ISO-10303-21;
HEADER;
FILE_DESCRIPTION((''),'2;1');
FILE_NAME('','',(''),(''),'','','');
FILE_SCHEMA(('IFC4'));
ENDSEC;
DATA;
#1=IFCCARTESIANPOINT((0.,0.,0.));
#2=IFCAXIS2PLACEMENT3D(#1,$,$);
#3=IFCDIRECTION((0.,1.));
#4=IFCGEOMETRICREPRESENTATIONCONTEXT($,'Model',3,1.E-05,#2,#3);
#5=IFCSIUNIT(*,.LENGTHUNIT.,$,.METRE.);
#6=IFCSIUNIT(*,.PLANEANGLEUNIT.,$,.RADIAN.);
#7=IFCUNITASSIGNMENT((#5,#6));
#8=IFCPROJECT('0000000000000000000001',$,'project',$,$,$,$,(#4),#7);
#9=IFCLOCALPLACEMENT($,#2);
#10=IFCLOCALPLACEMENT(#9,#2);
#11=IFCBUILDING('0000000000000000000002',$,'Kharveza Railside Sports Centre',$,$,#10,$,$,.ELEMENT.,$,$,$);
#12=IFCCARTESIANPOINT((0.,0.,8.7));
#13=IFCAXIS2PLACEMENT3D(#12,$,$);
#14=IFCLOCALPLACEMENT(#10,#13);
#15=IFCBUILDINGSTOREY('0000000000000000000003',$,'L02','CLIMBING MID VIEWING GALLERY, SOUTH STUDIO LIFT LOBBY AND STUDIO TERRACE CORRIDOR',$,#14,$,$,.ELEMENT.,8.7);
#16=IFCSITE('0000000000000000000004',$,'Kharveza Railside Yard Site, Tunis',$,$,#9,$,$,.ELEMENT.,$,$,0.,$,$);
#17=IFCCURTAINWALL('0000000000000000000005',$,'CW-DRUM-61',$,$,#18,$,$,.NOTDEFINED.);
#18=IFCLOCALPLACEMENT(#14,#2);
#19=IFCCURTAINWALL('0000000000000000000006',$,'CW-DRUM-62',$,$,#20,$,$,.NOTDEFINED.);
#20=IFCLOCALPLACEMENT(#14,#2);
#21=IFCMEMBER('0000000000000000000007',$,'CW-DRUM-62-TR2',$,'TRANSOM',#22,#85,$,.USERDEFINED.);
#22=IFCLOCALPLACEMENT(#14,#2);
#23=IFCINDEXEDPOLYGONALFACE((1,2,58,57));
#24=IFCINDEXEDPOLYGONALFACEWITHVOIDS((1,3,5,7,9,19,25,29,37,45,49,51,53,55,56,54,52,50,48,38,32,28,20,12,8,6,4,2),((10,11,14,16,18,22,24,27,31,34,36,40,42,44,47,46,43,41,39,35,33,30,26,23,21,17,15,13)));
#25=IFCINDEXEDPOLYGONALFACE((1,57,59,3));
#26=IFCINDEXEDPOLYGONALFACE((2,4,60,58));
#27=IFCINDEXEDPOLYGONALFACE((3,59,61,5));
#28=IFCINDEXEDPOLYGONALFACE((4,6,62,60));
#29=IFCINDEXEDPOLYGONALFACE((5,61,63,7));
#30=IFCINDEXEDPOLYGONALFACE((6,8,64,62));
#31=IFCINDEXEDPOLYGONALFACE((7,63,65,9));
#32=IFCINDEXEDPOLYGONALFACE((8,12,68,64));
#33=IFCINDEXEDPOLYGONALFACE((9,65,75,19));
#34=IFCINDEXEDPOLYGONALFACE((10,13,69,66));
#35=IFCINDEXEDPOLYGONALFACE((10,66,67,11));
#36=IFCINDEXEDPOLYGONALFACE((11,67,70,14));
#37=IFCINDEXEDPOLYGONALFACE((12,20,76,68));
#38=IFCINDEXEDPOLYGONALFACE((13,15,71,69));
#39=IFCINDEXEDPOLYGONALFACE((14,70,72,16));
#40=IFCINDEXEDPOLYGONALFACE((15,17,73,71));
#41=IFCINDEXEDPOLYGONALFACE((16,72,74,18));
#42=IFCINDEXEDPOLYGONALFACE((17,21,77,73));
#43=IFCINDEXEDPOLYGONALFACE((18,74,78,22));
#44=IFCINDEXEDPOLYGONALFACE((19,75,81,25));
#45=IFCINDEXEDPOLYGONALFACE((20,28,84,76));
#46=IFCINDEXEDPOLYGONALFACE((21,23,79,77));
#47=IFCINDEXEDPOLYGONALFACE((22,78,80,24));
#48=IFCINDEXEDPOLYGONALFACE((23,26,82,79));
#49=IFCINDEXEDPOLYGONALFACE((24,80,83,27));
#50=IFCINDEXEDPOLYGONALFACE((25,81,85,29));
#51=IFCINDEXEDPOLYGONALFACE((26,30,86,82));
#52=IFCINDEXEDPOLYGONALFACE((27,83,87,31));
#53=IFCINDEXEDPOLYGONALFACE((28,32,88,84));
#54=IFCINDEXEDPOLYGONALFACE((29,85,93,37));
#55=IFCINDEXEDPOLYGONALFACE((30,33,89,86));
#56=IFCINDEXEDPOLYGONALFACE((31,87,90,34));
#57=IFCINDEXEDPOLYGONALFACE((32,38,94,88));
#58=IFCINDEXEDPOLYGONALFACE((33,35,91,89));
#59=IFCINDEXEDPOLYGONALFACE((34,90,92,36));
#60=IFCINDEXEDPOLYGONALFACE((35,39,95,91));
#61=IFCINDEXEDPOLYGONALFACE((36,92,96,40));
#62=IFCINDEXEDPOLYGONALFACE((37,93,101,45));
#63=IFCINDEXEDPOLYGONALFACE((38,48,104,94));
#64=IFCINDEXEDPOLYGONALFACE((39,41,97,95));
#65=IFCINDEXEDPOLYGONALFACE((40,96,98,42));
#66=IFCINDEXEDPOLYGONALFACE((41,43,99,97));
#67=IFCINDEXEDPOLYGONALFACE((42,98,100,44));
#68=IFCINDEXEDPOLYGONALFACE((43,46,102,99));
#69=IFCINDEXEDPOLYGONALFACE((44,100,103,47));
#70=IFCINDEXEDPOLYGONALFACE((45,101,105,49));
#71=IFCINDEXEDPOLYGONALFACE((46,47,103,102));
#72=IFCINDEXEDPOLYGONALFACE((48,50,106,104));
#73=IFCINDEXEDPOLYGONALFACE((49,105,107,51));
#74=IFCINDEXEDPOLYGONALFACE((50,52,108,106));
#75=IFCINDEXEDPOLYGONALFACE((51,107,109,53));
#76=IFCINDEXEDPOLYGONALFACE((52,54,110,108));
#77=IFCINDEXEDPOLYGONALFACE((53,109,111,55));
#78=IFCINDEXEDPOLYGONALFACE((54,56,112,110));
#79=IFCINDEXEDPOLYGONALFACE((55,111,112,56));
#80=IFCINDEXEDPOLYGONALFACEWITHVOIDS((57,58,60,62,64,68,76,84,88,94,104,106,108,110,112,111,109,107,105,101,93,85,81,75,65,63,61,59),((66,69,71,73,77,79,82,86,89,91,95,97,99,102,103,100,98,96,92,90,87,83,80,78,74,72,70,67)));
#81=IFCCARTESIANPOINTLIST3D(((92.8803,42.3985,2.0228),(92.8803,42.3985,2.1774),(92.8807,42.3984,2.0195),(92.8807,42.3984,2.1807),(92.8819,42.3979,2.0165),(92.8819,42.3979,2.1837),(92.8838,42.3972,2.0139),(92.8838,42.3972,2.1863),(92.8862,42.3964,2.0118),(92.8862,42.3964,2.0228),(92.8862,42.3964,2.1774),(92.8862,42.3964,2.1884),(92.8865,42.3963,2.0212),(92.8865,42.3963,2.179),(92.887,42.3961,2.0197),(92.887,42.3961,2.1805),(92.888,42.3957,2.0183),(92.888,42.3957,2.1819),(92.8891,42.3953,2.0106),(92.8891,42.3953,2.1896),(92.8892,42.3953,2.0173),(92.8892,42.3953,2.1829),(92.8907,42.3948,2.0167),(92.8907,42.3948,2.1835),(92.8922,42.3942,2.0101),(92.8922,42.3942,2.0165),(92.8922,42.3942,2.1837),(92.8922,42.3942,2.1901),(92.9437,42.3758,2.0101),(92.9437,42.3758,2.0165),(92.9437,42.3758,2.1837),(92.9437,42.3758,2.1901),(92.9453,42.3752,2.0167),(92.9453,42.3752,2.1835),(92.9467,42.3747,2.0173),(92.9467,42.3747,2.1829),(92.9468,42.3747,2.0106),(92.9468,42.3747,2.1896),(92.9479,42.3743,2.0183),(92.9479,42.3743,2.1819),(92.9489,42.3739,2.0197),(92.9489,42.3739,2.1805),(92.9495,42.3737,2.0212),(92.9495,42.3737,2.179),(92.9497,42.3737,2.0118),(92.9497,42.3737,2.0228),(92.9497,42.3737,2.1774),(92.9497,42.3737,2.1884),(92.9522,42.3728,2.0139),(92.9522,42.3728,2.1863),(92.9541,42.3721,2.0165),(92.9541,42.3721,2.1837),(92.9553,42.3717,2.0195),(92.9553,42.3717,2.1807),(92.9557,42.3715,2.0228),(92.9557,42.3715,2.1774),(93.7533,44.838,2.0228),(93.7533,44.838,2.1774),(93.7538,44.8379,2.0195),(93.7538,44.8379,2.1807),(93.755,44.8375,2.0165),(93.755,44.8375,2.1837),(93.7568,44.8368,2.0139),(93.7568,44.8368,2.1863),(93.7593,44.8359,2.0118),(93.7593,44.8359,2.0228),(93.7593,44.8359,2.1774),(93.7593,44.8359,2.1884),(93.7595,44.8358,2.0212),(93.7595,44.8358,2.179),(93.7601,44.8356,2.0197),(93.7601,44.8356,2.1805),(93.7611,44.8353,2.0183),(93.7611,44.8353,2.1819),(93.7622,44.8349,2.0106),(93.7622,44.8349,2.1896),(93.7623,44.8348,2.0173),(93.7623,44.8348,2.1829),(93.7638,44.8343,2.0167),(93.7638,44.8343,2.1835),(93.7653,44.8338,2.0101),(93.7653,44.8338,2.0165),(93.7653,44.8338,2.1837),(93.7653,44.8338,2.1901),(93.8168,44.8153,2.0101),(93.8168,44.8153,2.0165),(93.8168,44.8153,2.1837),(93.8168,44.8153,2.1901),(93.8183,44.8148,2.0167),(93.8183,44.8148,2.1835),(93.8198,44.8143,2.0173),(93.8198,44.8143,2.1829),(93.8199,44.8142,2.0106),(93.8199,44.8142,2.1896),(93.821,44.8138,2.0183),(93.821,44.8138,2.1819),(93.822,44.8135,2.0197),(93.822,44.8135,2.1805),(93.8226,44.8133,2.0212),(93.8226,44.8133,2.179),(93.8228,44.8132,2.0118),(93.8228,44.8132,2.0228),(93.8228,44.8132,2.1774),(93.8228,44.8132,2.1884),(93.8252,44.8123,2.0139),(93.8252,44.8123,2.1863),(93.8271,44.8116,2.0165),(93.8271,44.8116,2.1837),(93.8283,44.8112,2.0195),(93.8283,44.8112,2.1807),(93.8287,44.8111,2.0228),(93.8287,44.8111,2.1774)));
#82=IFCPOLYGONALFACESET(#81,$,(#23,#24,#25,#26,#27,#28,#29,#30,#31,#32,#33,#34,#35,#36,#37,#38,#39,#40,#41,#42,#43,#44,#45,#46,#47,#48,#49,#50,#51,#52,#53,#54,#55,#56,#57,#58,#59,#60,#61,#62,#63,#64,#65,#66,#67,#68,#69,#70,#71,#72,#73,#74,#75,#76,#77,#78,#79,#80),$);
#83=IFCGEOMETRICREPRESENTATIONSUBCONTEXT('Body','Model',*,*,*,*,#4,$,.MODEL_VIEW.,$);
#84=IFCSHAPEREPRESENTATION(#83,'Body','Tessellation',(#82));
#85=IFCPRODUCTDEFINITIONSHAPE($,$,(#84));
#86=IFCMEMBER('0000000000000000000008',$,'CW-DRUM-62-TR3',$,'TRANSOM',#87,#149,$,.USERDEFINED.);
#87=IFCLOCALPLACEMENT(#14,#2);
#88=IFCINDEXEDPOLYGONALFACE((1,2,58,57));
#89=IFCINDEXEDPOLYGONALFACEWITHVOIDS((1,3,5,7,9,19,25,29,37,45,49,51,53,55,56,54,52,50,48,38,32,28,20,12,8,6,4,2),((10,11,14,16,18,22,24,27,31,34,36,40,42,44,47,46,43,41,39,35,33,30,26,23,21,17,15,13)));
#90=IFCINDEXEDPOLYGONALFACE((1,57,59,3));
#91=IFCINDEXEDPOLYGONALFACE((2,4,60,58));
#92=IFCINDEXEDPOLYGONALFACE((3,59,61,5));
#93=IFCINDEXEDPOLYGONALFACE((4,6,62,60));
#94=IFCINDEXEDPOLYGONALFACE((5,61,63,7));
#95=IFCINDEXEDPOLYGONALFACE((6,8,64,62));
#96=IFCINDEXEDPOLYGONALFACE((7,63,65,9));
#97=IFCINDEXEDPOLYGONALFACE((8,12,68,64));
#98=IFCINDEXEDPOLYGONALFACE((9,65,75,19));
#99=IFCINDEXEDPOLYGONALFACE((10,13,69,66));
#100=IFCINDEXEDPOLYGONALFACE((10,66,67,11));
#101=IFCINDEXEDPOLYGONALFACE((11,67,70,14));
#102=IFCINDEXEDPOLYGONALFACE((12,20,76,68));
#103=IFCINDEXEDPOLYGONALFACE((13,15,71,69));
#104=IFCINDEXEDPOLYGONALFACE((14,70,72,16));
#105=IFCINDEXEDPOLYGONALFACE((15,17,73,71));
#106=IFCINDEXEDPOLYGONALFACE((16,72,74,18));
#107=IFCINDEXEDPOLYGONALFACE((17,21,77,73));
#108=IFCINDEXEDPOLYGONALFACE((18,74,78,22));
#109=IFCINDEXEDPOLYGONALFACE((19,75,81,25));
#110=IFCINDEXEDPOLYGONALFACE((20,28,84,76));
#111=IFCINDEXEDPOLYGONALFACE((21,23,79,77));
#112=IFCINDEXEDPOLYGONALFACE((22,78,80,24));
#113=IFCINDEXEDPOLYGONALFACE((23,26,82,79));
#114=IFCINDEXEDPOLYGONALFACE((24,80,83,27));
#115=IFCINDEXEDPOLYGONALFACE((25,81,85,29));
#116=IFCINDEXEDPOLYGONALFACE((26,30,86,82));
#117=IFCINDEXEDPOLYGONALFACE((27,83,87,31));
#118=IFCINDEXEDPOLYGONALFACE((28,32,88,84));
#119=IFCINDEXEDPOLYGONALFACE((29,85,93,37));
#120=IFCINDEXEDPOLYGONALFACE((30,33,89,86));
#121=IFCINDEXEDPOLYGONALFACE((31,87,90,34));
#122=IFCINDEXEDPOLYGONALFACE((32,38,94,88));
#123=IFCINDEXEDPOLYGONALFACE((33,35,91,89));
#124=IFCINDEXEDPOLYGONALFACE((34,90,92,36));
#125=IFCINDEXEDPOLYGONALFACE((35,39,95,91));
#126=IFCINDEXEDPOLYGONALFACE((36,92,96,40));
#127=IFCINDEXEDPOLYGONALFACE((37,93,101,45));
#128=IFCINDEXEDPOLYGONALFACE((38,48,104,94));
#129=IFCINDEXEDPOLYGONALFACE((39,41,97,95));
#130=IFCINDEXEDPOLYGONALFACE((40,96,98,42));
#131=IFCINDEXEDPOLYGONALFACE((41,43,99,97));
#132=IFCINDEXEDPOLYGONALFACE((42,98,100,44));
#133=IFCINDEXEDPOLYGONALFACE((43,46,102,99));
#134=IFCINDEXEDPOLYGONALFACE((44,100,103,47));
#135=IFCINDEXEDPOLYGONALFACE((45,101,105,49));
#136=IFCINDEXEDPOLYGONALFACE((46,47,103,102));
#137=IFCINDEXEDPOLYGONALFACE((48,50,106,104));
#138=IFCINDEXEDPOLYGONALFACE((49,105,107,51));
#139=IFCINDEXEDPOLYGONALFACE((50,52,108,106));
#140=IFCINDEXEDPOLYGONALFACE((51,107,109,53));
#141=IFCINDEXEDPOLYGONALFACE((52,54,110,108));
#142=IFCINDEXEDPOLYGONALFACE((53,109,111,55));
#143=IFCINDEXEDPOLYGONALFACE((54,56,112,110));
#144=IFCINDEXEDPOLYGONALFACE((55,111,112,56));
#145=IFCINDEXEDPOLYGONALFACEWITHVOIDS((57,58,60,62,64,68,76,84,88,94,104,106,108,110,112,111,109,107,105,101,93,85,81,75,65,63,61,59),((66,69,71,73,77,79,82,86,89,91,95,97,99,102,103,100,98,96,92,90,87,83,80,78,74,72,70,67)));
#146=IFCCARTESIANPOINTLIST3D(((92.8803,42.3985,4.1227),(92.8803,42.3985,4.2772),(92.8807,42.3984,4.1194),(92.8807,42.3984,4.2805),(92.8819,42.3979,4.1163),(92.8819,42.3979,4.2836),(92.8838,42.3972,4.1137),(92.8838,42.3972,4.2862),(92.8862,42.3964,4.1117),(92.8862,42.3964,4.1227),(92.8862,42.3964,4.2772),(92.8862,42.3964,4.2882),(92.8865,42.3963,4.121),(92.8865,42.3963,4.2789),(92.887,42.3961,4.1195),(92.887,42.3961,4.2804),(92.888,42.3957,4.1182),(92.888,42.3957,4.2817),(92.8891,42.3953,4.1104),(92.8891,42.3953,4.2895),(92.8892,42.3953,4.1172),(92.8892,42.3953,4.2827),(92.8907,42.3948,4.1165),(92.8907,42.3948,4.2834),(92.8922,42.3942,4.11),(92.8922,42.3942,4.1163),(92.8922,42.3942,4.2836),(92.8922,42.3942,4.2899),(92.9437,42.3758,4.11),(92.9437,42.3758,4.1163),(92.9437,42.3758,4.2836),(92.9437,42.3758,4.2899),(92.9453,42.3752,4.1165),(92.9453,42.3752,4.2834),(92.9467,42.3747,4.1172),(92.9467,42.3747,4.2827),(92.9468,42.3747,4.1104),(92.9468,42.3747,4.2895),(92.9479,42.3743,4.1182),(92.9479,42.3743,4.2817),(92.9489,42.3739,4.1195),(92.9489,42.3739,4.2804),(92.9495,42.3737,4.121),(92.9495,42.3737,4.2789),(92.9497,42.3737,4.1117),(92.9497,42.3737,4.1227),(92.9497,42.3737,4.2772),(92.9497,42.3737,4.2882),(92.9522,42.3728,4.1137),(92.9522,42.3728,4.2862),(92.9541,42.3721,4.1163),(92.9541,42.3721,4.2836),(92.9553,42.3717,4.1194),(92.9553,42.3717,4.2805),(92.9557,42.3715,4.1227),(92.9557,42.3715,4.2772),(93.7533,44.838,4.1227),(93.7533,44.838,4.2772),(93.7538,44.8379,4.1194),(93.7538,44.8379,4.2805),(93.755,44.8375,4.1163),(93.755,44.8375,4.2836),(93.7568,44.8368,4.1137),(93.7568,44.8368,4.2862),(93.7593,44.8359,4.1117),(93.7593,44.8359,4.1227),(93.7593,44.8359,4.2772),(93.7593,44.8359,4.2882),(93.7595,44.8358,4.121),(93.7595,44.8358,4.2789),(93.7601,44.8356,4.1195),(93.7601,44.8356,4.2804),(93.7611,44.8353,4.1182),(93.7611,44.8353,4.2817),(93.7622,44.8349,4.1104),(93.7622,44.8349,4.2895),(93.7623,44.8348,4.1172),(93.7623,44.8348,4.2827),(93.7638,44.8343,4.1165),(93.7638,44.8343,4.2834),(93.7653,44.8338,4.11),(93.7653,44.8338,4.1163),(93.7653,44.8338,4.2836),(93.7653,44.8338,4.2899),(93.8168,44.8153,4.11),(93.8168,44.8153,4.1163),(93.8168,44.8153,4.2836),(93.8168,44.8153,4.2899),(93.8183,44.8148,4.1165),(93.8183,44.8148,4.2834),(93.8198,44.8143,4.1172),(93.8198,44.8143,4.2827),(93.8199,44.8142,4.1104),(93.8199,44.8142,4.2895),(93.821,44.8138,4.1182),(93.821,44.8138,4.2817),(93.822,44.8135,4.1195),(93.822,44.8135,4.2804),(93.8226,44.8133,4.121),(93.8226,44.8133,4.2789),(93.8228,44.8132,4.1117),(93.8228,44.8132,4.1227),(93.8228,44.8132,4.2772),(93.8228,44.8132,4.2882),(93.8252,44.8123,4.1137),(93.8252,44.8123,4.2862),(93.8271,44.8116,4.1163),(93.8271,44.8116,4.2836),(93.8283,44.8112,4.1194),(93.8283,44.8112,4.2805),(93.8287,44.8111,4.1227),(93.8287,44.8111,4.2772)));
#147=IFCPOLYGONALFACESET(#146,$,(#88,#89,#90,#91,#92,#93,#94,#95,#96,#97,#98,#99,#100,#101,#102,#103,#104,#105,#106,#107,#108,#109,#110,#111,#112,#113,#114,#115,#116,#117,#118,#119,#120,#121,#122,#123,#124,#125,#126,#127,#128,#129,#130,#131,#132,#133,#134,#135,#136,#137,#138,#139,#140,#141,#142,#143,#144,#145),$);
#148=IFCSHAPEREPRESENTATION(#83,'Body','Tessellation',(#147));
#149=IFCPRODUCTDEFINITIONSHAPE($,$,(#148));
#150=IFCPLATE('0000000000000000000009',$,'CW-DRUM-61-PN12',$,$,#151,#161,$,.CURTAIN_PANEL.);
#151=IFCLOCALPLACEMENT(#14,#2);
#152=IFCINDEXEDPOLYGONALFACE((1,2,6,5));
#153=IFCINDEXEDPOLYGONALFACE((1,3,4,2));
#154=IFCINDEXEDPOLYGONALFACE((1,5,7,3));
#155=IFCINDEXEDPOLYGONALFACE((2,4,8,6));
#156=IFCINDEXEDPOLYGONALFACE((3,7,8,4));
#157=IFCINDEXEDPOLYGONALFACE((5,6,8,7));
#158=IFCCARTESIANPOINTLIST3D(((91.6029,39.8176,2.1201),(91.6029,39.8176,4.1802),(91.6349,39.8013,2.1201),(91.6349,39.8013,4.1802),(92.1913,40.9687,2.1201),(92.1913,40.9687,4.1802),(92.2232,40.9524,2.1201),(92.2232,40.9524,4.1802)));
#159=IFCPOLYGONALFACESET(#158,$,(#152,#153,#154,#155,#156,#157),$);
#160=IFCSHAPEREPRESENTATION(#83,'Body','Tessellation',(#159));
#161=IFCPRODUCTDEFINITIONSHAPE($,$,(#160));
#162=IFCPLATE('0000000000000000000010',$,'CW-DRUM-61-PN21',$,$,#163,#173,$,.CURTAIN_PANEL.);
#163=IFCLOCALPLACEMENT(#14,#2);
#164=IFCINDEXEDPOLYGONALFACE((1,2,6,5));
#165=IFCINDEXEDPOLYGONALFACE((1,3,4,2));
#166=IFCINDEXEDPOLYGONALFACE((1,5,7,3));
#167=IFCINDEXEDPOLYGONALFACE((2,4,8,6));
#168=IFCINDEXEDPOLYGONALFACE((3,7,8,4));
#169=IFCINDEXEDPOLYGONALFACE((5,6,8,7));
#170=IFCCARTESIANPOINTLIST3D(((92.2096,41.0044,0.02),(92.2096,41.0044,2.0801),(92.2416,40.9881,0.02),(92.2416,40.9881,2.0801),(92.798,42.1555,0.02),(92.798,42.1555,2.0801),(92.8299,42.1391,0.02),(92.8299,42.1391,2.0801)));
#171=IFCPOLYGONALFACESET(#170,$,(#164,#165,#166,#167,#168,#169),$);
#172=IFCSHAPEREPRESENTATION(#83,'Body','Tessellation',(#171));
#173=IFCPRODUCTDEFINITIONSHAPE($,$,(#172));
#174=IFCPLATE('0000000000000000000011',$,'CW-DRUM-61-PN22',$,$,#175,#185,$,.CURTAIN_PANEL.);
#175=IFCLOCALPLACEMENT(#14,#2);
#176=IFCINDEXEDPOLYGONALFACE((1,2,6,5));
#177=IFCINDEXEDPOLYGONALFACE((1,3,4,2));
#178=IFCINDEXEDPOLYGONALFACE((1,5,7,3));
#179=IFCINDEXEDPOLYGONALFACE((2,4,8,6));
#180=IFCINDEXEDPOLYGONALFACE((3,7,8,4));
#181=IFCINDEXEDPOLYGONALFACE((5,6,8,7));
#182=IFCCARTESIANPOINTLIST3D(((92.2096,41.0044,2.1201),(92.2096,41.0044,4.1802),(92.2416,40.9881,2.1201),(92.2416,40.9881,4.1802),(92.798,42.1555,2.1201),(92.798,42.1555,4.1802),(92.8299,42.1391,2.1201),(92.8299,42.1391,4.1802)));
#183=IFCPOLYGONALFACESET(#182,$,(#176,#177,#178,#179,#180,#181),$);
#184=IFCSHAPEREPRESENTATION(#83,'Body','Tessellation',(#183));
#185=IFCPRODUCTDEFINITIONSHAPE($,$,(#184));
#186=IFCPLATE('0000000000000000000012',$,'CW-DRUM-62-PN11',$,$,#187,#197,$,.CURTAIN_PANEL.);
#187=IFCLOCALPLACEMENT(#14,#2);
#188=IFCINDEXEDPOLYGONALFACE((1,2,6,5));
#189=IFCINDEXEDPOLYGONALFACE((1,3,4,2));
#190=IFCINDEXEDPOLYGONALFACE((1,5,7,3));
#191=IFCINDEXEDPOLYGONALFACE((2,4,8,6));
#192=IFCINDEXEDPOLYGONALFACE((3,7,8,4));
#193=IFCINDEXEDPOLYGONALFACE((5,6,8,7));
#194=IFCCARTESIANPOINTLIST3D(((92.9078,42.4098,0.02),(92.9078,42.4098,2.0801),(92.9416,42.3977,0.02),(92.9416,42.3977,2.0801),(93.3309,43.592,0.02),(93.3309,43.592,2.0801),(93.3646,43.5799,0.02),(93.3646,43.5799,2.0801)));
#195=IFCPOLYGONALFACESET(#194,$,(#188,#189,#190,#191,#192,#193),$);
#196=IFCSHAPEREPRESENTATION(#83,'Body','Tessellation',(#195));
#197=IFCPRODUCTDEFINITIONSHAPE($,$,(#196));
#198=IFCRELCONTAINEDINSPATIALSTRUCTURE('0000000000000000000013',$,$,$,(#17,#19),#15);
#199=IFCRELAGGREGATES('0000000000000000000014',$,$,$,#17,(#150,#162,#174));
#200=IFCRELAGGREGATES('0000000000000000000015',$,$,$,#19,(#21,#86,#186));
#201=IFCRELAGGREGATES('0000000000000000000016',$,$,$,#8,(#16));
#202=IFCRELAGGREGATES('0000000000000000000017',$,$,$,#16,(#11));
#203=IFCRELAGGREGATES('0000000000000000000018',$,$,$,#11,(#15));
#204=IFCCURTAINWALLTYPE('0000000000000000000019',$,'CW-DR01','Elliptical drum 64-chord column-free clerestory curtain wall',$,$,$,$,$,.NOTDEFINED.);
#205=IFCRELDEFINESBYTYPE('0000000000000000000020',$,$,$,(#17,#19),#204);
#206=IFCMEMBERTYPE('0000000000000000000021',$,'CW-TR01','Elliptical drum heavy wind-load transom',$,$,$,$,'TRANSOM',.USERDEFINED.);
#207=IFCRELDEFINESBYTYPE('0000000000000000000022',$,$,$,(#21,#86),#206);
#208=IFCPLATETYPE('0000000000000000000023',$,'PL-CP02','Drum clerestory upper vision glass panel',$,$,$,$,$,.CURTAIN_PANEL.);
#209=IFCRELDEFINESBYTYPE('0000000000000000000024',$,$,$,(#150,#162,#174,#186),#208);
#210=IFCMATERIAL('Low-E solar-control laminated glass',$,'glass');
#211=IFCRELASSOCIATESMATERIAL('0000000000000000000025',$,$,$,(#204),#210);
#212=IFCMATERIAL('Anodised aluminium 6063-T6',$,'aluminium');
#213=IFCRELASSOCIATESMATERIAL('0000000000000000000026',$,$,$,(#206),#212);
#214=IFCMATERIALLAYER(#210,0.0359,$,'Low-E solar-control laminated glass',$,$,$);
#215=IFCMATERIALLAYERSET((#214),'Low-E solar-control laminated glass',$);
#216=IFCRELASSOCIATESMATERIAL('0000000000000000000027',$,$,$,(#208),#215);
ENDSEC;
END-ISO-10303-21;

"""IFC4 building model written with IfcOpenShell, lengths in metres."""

from ifc_helpers import new_model, si_unit, direction, frame, origin, origin_2d, place, context, subcontext, project, spatial, rectangle, hollow_rectangle, extrude, material, layer, layer_set, material_profile, profile_set, type_object, element, aggregate, save


model = new_model("IFC4")

# Units and contexts
model_context = context("Model", 3, precision=1e-05, world=origin(), true_north=direction((0.0, 1.0)))
body_context = subcontext(model_context, "Body", "Model", "MODEL_VIEW")
ifc_project = project(units=[si_unit("LENGTHUNIT", "METRE"), si_unit("PLANEANGLEUNIT", "RADIAN")], contexts=[model_context])

# Site, building, storey
site_placement = place(None, origin())
site = spatial("IfcSite", under=ifc_project, at=site_placement, Name="Kharveza Railside Yard Site, Tunis", CompositionType="ELEMENT", RefElevation=0.0)
building_placement = place(site_placement, origin())
building = spatial("IfcBuilding", under=site, at=building_placement, Name="Kharveza Railside Sports Centre", CompositionType="ELEMENT")
storey_placement = place(building_placement, frame((0.0, 0.0, 8.7)))
storey = spatial("IfcBuildingStorey", under=building, at=storey_placement, Name="L02", Description="CLIMBING MID VIEWING GALLERY, SOUTH STUDIO LIFT LOBBY AND STUDIO TERRACE CORRIDOR", CompositionType="ELEMENT", Elevation=8.7)

# Curtain walls
ifc_material_1 = material(Name="Low-E solar-control laminated glass", Category="glass")
curtain_wall_type_1 = type_object("IfcCurtainWallType", Name="CW-DR01", Description="Elliptical drum 64-chord column-free clerestory curtain wall", PredefinedType="NOTDEFINED", material=ifc_material_1)
curtain_wall_1_placement = place(storey_placement, origin())
curtain_wall_1 = element("IfcCurtainWall", 1, at=curtain_wall_1_placement, inside=storey, type_object=curtain_wall_type_1, Name="CW-DRUM-61", PredefinedType="NOTDEFINED")
ifc_material_2 = material(Name="Anodised aluminium 6063-T6", Category="aluminium")
curtain_wall_2_placement = place(storey_placement, origin())
curtain_wall_2 = element("IfcCurtainWall", 2, at=curtain_wall_2_placement, inside=storey, type_object=curtain_wall_type_1, Name="CW-DRUM-62", PredefinedType="NOTDEFINED")

# Members
ifc_material_profile_1 = material_profile(ifc_material_2, hollow_rectangle(XDim=0.0801, YDim=0.1799, WallThickness=0.0063, InnerFilletRadius=0.0063, OuterFilletRadius=0.0127, at=origin_2d()), Name="RHS 80x180x6.3")
ifc_profile_set_1 = profile_set([ifc_material_profile_1], Name="Anodised aluminium 6063-T6")
member_type_1 = type_object("IfcMemberType", Name="CW-TR01", Description="Elliptical drum heavy wind-load transom", ElementType="TRANSOM", PredefinedType="USERDEFINED", material=ifc_profile_set_1)
member_1_placement = place(storey_placement, frame((92.918, 42.385, 2.1001), z_axis=(0.336957, 0.94152, 0.0), x_axis=(-0.94152, 0.336957, 0.0)))
member_1 = element("IfcMember", 3, at=member_1_placement, type_object=member_type_1, Name="CW-DRUM-62-TR2", ObjectType="TRANSOM", PredefinedType="USERDEFINED", context=body_context, shape_type="SweptSolid", body=[
    extrude(hollow_rectangle(XDim=0.0801, YDim=0.1799, WallThickness=0.0063, InnerFilletRadius=0.0063, OuterFilletRadius=0.0127, at=origin_2d()), origin(), (0.0, 0.0, 1.0), 2.5911),
])
member_2_placement = place(storey_placement, frame((92.918, 42.385, 4.2), z_axis=(0.336957, 0.94152, 0.0), x_axis=(-0.94152, 0.336957, 0.0)))
member_2 = element("IfcMember", 4, at=member_2_placement, type_object=member_type_1, Name="CW-DRUM-62-TR3", ObjectType="TRANSOM", PredefinedType="USERDEFINED", context=body_context, shape_type="SweptSolid", body=[
    extrude(hollow_rectangle(XDim=0.0801, YDim=0.1799, WallThickness=0.0063, InnerFilletRadius=0.0063, OuterFilletRadius=0.0127, at=origin_2d()), origin(), (0.0, 0.0, 1.0), 2.5911),
])

# Plates
ifc_layer_1 = layer(ifc_material_1, 0.0359, Name="Low-E solar-control laminated glass")
ifc_layer_set_1 = layer_set([ifc_layer_1], Name="Low-E solar-control laminated glass")
plate_type_1 = type_object("IfcPlateType", Name="PL-CP02", Description="Drum clerestory upper vision glass panel", PredefinedType="CURTAIN_PANEL", material=ifc_layer_set_1)
plate_1_placement = place(storey_placement, frame((91.9131, 40.385, 2.1201), z_axis=(0.0, 0.0, 1.0), x_axis=(0.455141, 0.890419, 0.0)))
plate_1 = element("IfcPlate", 5, at=plate_1_placement, type_object=plate_type_1, Name="CW-DRUM-61-PN12", PredefinedType="CURTAIN_PANEL", context=body_context, shape_type="SweptSolid", body=[
    extrude(rectangle(XDim=1.2927, YDim=0.0359, at=origin_2d()), origin(), (0.0, 0.0, 1.0), 2.0601),
])
plate_2_placement = place(storey_placement, frame((92.5198, 41.5718, 0.02), z_axis=(0.0, 0.0, 1.0), x_axis=(0.455141, 0.890419, 0.0)))
plate_2 = element("IfcPlate", 6, at=plate_2_placement, type_object=plate_type_1, Name="CW-DRUM-61-PN21", PredefinedType="CURTAIN_PANEL", context=body_context, shape_type="SweptSolid", body=[
    extrude(rectangle(XDim=1.2927, YDim=0.0359, at=origin_2d()), origin(), (0.0, 0.0, 1.0), 2.0601),
])
plate_3_placement = place(storey_placement, frame((92.5198, 41.5718, 2.1201), z_axis=(0.0, 0.0, 1.0), x_axis=(0.455141, 0.890419, 0.0)))
plate_3 = element("IfcPlate", 7, at=plate_3_placement, type_object=plate_type_1, Name="CW-DRUM-61-PN22", PredefinedType="CURTAIN_PANEL", context=body_context, shape_type="SweptSolid", body=[
    extrude(rectangle(XDim=1.2927, YDim=0.0359, at=origin_2d()), origin(), (0.0, 0.0, 1.0), 2.0601),
])
aggregate(curtain_wall_1, [plate_1, plate_2, plate_3])
plate_4_placement = place(storey_placement, frame((93.1362, 42.9949, 0.02), z_axis=(0.0, 0.0, 1.0), x_axis=(0.336915, 0.941535, 0.0)))
plate_4 = element("IfcPlate", 8, at=plate_4_placement, type_object=plate_type_1, Name="CW-DRUM-62-PN11", PredefinedType="CURTAIN_PANEL", context=body_context, shape_type="SweptSolid", body=[
    extrude(rectangle(XDim=1.2556, YDim=0.0359, at=origin_2d()), origin(), (0.0, 0.0, 1.0), 2.0601),
])
aggregate(curtain_wall_2, [member_1, member_2, plate_4])

save(model, "model.ifc")
